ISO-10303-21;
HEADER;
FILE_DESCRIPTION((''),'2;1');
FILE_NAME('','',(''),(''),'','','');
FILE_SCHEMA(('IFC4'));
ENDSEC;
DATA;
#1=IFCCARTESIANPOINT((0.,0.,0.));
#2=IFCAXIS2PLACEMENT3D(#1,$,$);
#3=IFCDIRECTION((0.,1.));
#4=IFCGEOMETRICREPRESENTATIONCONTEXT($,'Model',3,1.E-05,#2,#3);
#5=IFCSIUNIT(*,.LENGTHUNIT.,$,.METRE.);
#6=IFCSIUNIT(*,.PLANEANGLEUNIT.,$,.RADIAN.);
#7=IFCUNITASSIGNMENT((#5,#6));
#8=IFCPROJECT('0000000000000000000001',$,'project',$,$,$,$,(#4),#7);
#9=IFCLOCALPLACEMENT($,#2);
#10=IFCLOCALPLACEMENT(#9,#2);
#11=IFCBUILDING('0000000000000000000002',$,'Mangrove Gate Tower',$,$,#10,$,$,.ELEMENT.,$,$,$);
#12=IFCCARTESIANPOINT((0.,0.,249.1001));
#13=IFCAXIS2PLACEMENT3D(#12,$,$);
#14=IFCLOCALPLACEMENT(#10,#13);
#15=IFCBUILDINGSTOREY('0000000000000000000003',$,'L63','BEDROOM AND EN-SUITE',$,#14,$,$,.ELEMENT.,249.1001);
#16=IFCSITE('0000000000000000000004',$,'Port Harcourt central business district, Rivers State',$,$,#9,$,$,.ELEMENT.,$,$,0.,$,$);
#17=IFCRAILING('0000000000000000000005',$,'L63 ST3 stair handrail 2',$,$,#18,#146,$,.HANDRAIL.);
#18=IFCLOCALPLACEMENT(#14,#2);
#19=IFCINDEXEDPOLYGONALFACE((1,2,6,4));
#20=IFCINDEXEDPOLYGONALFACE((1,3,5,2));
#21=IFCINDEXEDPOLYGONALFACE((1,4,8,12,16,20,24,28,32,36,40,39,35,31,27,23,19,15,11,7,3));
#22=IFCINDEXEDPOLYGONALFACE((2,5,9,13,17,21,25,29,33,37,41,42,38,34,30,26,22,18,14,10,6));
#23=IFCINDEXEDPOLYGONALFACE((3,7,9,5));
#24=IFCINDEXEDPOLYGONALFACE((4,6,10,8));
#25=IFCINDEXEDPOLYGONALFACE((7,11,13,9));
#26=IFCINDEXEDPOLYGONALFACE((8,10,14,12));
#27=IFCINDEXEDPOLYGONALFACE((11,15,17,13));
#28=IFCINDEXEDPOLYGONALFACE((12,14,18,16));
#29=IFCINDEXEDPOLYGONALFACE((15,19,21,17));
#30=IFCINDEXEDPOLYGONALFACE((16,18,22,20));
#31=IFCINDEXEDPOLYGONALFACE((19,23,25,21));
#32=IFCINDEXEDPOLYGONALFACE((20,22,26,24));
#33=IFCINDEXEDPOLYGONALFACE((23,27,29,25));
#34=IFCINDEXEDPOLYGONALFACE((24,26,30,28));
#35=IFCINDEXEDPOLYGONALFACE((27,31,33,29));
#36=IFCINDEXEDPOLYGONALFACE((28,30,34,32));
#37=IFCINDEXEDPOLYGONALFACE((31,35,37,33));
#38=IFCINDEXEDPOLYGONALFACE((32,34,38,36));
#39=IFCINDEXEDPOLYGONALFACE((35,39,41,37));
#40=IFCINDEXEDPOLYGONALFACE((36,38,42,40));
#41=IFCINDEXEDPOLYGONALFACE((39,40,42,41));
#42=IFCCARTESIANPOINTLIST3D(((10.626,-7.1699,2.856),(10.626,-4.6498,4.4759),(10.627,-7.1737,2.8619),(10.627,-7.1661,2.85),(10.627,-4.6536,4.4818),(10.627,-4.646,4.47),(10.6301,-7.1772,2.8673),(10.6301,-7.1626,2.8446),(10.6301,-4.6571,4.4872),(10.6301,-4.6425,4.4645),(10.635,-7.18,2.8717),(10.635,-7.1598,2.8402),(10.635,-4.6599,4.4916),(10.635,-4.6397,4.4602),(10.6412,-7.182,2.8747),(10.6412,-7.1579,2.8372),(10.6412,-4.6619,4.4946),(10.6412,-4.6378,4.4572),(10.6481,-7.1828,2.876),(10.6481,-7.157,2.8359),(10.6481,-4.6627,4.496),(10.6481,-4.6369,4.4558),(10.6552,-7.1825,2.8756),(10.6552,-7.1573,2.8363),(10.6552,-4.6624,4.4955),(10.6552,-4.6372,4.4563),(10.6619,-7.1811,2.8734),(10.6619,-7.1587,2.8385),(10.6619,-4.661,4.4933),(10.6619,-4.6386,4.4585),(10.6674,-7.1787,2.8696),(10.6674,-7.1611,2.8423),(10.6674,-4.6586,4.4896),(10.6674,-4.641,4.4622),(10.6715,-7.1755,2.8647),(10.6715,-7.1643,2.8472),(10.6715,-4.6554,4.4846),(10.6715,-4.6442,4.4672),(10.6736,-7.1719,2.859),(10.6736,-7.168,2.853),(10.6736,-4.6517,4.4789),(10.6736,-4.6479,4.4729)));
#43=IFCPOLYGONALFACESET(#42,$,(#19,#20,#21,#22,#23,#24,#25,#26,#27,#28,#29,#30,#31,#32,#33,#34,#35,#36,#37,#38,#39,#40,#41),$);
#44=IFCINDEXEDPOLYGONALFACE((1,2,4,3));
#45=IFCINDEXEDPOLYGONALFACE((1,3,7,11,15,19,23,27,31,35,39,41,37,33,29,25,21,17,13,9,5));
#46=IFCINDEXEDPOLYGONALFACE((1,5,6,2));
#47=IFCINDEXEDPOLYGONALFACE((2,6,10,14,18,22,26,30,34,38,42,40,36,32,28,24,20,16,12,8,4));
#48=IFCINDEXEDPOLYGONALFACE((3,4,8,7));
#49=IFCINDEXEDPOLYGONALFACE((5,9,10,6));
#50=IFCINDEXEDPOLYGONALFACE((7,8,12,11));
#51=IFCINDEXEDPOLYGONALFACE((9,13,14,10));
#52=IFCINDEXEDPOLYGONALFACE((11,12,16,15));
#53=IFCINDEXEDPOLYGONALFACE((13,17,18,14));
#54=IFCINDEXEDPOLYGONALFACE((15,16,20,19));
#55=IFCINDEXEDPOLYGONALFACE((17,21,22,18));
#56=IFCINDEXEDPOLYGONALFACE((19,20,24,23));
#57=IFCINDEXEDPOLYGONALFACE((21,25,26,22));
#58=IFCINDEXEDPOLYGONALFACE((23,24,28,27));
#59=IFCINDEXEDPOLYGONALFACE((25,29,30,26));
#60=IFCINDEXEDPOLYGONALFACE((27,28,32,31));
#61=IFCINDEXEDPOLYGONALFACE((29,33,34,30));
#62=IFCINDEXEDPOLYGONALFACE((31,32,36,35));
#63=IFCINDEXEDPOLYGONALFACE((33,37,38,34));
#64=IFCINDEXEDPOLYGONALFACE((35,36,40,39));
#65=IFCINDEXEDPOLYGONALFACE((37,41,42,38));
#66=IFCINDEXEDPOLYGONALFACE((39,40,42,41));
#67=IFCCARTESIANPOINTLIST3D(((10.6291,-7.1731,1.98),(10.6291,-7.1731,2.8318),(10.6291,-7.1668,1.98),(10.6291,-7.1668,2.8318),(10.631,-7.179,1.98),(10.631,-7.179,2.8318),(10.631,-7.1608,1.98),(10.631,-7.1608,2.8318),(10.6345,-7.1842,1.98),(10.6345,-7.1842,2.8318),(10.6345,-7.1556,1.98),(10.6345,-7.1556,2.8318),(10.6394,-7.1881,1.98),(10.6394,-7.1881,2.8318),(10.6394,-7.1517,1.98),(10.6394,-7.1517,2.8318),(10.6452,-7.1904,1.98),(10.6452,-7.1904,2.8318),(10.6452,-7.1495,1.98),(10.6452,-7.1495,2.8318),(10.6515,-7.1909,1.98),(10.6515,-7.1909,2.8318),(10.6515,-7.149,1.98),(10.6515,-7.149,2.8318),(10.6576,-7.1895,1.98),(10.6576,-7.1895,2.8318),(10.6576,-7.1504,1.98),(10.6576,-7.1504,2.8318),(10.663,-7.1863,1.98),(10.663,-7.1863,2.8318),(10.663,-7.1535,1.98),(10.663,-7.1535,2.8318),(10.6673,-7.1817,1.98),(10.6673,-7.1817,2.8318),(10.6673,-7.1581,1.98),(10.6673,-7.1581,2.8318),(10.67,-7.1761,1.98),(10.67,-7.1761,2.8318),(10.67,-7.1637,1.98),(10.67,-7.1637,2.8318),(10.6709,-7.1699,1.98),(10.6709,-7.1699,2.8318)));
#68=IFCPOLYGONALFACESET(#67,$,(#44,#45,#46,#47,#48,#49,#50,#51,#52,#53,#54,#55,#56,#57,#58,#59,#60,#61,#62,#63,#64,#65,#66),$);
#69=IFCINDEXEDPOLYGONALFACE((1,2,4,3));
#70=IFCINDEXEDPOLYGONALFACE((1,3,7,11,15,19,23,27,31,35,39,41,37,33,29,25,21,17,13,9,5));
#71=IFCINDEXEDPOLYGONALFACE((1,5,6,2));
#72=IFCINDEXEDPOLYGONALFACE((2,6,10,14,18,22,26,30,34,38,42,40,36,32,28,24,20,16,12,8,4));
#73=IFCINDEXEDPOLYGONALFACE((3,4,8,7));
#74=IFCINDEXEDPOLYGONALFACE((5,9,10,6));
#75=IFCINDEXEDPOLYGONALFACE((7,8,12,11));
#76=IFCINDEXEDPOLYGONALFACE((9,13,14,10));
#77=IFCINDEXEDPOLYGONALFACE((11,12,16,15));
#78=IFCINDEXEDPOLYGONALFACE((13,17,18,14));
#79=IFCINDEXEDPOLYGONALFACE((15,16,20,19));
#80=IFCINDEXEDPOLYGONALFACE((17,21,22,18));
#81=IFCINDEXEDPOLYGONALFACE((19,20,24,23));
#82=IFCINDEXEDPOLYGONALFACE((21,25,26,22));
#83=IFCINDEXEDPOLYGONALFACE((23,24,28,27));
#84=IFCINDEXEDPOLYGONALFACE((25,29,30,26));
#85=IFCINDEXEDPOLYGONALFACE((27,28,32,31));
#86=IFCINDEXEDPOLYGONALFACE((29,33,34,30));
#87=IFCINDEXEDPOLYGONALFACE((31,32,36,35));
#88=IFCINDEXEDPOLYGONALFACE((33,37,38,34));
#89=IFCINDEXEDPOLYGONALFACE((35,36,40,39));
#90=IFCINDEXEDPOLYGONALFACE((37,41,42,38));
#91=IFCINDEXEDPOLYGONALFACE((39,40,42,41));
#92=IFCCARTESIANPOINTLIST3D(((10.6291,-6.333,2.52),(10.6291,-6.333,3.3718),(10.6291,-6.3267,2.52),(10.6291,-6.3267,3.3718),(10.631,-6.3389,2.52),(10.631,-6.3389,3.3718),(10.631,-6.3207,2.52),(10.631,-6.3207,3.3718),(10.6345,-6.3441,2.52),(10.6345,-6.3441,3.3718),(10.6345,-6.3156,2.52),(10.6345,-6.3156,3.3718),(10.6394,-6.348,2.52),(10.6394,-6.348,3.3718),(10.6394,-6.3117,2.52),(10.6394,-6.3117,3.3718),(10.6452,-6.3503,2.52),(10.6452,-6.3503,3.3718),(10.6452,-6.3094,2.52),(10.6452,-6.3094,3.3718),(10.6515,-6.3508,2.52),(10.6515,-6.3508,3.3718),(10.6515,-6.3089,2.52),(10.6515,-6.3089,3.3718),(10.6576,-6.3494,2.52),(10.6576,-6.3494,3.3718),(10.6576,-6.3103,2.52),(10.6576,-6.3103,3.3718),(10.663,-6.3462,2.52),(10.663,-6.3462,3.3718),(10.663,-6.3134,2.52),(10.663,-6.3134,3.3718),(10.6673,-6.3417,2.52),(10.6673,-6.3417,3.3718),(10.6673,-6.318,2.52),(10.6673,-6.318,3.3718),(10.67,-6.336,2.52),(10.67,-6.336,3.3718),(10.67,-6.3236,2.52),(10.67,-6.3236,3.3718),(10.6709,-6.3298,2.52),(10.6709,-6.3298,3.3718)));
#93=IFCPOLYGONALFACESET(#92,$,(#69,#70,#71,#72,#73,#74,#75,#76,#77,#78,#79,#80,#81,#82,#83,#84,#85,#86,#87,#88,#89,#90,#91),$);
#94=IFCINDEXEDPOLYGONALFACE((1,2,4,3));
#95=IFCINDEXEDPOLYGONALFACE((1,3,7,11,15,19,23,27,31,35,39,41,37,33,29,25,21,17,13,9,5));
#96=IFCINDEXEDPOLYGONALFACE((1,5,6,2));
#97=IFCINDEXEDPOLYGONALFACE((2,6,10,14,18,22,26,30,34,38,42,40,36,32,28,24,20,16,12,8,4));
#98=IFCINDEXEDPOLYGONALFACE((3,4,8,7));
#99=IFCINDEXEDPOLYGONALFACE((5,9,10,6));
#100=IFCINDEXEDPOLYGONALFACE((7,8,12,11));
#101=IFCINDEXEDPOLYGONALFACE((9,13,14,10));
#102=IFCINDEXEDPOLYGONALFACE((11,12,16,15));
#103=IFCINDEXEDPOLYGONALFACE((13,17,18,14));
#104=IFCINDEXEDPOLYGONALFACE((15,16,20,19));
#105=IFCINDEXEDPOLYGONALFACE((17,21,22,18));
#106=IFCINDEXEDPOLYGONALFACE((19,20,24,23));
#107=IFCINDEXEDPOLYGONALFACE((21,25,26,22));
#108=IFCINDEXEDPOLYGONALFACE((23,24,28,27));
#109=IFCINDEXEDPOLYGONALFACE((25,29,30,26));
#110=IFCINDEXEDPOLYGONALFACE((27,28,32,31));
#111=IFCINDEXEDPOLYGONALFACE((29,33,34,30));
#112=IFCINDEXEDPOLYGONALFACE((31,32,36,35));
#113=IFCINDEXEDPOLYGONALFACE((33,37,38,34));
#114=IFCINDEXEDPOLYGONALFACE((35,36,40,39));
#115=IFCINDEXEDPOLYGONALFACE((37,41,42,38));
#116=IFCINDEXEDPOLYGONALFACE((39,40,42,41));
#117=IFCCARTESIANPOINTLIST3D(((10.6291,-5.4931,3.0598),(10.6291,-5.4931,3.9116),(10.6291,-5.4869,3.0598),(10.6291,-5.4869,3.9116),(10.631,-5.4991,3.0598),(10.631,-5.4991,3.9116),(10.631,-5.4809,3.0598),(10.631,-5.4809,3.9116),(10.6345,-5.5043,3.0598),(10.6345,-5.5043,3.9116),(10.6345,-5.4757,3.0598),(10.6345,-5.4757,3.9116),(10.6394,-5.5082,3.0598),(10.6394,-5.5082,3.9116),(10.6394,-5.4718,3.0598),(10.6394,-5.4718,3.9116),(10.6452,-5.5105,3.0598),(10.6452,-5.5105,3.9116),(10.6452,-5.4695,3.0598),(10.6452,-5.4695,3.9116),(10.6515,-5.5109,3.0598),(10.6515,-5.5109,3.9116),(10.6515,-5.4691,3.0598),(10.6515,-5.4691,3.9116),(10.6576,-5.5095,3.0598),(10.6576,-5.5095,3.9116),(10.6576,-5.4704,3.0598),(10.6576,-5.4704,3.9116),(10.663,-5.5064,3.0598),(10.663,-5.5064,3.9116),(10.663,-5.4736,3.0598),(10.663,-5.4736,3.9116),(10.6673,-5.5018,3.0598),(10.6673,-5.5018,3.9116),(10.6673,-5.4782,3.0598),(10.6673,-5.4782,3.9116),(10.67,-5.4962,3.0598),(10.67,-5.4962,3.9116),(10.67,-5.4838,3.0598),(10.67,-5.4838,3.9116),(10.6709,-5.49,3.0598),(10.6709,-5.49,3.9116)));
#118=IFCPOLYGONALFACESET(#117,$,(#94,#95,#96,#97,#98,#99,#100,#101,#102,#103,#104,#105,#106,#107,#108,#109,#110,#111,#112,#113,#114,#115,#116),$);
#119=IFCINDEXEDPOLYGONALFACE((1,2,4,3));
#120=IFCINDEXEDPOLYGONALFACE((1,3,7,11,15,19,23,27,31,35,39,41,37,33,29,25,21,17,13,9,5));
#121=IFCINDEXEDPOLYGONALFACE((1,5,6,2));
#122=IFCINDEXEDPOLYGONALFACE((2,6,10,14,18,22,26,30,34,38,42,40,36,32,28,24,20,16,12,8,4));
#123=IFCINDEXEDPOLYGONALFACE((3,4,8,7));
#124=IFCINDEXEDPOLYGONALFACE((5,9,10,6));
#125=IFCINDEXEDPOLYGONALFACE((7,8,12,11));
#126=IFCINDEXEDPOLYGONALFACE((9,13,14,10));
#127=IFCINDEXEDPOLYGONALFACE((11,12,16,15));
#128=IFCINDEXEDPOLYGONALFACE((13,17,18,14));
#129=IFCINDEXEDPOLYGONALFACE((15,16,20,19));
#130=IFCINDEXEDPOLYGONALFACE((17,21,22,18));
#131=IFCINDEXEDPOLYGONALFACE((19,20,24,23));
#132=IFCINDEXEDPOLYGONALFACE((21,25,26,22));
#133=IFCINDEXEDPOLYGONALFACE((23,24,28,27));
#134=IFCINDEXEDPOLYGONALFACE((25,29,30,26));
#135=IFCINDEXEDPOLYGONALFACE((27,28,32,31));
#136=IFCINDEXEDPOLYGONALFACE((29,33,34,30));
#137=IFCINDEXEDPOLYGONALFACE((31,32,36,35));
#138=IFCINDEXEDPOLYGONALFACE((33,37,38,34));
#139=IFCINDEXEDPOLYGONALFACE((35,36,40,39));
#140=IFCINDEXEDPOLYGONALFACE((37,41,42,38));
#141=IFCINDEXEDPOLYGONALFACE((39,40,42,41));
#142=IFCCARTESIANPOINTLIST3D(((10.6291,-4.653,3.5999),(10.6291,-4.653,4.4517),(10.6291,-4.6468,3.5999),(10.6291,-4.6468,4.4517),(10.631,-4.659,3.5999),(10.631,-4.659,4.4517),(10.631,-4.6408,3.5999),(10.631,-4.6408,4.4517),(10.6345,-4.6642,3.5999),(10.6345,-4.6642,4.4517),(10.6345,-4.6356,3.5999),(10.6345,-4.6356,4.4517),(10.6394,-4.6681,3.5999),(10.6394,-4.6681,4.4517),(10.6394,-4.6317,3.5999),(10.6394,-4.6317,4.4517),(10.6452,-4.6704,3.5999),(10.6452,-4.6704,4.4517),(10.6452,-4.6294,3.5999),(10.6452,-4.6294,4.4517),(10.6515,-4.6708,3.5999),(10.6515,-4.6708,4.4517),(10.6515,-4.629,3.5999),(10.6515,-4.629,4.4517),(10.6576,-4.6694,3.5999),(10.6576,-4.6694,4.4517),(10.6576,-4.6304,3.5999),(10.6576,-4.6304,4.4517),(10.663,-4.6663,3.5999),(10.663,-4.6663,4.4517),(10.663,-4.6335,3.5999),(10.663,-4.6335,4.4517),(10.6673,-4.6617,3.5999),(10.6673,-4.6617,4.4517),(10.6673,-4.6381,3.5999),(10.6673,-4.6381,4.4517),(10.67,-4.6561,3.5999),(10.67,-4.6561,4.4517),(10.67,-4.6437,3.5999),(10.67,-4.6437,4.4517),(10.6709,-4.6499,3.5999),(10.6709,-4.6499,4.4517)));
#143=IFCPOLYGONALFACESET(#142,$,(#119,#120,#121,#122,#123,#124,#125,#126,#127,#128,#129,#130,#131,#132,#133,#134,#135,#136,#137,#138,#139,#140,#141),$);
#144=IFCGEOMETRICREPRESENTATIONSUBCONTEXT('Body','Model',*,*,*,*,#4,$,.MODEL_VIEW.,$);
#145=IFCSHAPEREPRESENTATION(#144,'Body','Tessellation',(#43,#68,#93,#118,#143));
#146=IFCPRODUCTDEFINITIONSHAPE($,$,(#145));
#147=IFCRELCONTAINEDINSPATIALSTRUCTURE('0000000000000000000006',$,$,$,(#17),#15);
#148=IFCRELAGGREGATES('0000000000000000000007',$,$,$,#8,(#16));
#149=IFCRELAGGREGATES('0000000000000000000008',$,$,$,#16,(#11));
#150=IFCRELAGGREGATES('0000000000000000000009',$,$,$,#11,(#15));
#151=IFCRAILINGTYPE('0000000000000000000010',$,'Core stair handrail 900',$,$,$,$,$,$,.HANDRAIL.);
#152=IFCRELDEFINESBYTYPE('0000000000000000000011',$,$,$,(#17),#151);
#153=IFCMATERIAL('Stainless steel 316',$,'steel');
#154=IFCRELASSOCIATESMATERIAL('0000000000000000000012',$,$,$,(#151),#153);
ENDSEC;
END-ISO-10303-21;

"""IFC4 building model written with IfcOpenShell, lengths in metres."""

from ifc_helpers import new_model, si_unit, direction, frame, origin, origin_2d, place, context, subcontext, project, spatial, circle, extrude, material, type_object, element, save


model = new_model("IFC4")

# Units and contexts
model_context = context("Model", 3, precision=1e-05, world=origin(), true_north=direction((0.0, 1.0)))
body_context = subcontext(model_context, "Body", "Model", "MODEL_VIEW")
ifc_project = project(units=[si_unit("LENGTHUNIT", "METRE"), si_unit("PLANEANGLEUNIT", "RADIAN")], contexts=[model_context])

# Site, building, storey
site_placement = place(None, origin())
site = spatial("IfcSite", under=ifc_project, at=site_placement, Name="Port Harcourt central business district, Rivers State", CompositionType="ELEMENT", RefElevation=0.0)
building_placement = place(site_placement, origin())
building = spatial("IfcBuilding", under=site, at=building_placement, Name="Mangrove Gate Tower", CompositionType="ELEMENT")
storey_placement = place(building_placement, frame((0.0, 0.0, 249.1001)))
storey = spatial("IfcBuildingStorey", under=building, at=storey_placement, Name="L63", Description="BEDROOM AND EN-SUITE", CompositionType="ELEMENT", Elevation=249.1001)

# Railing
ifc_material_1 = material(Name="Stainless steel 316", Category="steel")
railing_type_1 = type_object("IfcRailingType", Name="Core stair handrail 900", PredefinedType="HANDRAIL", material=ifc_material_1)
railing_1_placement = place(storey_placement, frame((10.6499, -7.1699, 1.98)))
element("IfcRailing", 1, at=railing_1_placement, inside=storey, type_object=railing_type_1, Name="L63 ST3 stair handrail 2", PredefinedType="HANDRAIL", context=body_context, shape_type="SweptSolid", body=[
    extrude(circle(Radius=0.0239, at=origin_2d()), frame((0.0, 0.0, 0.876), z_axis=(0.0, 0.8412, 0.540725), x_axis=(-1.0, 0.0, 0.0)), (0.0, 0.0, 1.0), 2.9958),
    extrude(circle(Radius=0.021, at=origin_2d()), origin(), (0.0, 0.0, 1.0), 0.8518),
    extrude(circle(Radius=0.021, at=origin_2d()), frame((0.0, 0.8401, 0.54)), (0.0, 0.0, 1.0), 0.8518),
    extrude(circle(Radius=0.021, at=origin_2d()), frame((0.0, 1.6799, 1.0798)), (0.0, 0.0, 1.0), 0.8518),
    extrude(circle(Radius=0.021, at=origin_2d()), frame((0.0, 2.52, 1.6199)), (0.0, 0.0, 1.0), 0.8518),
])

save(model, "model.ifc")
